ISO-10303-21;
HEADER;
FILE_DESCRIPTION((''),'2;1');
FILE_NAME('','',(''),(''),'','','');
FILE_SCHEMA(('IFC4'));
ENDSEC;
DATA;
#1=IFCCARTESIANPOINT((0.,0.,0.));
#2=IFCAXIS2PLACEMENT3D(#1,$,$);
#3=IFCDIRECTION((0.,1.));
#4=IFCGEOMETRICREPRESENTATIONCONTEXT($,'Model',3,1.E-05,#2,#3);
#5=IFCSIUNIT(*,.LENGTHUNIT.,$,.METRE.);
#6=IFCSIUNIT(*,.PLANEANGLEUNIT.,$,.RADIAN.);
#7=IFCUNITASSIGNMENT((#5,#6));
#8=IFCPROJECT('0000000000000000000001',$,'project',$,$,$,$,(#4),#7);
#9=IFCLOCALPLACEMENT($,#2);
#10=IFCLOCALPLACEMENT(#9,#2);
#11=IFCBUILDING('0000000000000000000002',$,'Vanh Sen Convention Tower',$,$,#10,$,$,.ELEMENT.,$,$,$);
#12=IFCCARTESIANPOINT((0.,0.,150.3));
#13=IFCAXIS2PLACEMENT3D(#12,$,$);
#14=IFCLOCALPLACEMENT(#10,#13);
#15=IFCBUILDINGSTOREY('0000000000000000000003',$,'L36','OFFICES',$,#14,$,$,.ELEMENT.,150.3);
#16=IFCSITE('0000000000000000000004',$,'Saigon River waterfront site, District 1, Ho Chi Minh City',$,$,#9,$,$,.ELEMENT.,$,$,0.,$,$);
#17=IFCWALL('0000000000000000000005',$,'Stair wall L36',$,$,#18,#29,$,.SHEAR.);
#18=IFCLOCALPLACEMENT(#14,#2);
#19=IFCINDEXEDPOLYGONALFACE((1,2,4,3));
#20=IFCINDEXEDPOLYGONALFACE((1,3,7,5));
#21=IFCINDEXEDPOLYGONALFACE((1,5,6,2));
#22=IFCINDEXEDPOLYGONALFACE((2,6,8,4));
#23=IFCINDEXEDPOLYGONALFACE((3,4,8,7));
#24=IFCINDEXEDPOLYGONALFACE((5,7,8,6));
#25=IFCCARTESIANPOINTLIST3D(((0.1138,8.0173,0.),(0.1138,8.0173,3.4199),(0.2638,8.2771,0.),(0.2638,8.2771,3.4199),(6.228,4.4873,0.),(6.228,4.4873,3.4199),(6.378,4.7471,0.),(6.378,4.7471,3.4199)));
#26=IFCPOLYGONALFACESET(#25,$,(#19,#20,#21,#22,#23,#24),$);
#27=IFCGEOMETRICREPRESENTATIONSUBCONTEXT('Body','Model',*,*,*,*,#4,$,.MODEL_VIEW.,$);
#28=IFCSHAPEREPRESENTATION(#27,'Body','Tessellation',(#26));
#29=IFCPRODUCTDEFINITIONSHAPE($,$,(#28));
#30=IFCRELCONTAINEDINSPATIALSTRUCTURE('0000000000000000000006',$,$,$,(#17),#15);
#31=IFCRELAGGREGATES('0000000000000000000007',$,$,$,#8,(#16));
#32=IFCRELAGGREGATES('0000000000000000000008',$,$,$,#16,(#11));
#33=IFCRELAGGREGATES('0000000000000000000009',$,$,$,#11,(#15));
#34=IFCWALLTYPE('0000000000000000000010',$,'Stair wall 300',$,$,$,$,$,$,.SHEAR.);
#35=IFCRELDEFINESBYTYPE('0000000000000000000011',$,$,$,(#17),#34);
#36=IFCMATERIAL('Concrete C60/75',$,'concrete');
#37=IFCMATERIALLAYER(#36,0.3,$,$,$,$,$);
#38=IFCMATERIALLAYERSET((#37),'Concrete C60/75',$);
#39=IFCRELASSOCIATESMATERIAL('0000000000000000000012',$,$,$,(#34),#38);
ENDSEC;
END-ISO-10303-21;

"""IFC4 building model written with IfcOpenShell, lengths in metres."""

from ifc_helpers import new_model, si_unit, direction, frame, frame_2d, origin, place, context, subcontext, project, spatial, rectangle, extrude, material, layer, layer_set, type_object, element, save


model = new_model("IFC4")

# Units and contexts
model_context = context("Model", 3, precision=1e-05, world=origin(), true_north=direction((0.0, 1.0)))
body_context = subcontext(model_context, "Body", "Model", "MODEL_VIEW")
ifc_project = project(units=[si_unit("LENGTHUNIT", "METRE"), si_unit("PLANEANGLEUNIT", "RADIAN")], contexts=[model_context])

# Site, building, storey
site_placement = place(None, origin())
site = spatial("IfcSite", under=ifc_project, at=site_placement, Name="Saigon River waterfront site, District 1, Ho Chi Minh City", CompositionType="ELEMENT", RefElevation=0.0)
building_placement = place(site_placement, origin())
building = spatial("IfcBuilding", under=site, at=building_placement, Name="Vanh Sen Convention Tower", CompositionType="ELEMENT")
storey_placement = place(building_placement, frame((0.0, 0.0, 150.3)))
storey = spatial("IfcBuildingStorey", under=building, at=storey_placement, Name="L36", Description="OFFICES", CompositionType="ELEMENT", Elevation=150.3)

# Shared definitions
ifc_material_1 = material(Name="Concrete C60/75", Category="concrete")

# Shared definitions
ifc_layer_1 = layer(ifc_material_1, 0.3)
ifc_layer_set_1 = layer_set([ifc_layer_1], Name="Concrete C60/75")
wall_type_1 = type_object("IfcWallType", Name="Stair wall 300", PredefinedType="SHEAR", material=ifc_layer_set_1)

# Wall
for number, where, z_axis, x_axis, name in (
    (1, (6.303, 4.6172, 0.0), (0.0, 0.0, 1.0), (-0.866028, 0.499996, 0.0), "Stair wall L36"),
):
    element("IfcWall", number, at=place(storey_placement, frame(where, z_axis=z_axis, x_axis=x_axis)), inside=storey, type_object=wall_type_1, Name=name, PredefinedType="SHEAR", context=body_context, shape_type="SweptSolid", body=[
        extrude(rectangle(XDim=7.0601, YDim=0.3, at=frame_2d((3.53, 0.0))), origin(), (0.0, 0.0, 1.0), 3.4199),
    ])

save(model, "model.ifc")
